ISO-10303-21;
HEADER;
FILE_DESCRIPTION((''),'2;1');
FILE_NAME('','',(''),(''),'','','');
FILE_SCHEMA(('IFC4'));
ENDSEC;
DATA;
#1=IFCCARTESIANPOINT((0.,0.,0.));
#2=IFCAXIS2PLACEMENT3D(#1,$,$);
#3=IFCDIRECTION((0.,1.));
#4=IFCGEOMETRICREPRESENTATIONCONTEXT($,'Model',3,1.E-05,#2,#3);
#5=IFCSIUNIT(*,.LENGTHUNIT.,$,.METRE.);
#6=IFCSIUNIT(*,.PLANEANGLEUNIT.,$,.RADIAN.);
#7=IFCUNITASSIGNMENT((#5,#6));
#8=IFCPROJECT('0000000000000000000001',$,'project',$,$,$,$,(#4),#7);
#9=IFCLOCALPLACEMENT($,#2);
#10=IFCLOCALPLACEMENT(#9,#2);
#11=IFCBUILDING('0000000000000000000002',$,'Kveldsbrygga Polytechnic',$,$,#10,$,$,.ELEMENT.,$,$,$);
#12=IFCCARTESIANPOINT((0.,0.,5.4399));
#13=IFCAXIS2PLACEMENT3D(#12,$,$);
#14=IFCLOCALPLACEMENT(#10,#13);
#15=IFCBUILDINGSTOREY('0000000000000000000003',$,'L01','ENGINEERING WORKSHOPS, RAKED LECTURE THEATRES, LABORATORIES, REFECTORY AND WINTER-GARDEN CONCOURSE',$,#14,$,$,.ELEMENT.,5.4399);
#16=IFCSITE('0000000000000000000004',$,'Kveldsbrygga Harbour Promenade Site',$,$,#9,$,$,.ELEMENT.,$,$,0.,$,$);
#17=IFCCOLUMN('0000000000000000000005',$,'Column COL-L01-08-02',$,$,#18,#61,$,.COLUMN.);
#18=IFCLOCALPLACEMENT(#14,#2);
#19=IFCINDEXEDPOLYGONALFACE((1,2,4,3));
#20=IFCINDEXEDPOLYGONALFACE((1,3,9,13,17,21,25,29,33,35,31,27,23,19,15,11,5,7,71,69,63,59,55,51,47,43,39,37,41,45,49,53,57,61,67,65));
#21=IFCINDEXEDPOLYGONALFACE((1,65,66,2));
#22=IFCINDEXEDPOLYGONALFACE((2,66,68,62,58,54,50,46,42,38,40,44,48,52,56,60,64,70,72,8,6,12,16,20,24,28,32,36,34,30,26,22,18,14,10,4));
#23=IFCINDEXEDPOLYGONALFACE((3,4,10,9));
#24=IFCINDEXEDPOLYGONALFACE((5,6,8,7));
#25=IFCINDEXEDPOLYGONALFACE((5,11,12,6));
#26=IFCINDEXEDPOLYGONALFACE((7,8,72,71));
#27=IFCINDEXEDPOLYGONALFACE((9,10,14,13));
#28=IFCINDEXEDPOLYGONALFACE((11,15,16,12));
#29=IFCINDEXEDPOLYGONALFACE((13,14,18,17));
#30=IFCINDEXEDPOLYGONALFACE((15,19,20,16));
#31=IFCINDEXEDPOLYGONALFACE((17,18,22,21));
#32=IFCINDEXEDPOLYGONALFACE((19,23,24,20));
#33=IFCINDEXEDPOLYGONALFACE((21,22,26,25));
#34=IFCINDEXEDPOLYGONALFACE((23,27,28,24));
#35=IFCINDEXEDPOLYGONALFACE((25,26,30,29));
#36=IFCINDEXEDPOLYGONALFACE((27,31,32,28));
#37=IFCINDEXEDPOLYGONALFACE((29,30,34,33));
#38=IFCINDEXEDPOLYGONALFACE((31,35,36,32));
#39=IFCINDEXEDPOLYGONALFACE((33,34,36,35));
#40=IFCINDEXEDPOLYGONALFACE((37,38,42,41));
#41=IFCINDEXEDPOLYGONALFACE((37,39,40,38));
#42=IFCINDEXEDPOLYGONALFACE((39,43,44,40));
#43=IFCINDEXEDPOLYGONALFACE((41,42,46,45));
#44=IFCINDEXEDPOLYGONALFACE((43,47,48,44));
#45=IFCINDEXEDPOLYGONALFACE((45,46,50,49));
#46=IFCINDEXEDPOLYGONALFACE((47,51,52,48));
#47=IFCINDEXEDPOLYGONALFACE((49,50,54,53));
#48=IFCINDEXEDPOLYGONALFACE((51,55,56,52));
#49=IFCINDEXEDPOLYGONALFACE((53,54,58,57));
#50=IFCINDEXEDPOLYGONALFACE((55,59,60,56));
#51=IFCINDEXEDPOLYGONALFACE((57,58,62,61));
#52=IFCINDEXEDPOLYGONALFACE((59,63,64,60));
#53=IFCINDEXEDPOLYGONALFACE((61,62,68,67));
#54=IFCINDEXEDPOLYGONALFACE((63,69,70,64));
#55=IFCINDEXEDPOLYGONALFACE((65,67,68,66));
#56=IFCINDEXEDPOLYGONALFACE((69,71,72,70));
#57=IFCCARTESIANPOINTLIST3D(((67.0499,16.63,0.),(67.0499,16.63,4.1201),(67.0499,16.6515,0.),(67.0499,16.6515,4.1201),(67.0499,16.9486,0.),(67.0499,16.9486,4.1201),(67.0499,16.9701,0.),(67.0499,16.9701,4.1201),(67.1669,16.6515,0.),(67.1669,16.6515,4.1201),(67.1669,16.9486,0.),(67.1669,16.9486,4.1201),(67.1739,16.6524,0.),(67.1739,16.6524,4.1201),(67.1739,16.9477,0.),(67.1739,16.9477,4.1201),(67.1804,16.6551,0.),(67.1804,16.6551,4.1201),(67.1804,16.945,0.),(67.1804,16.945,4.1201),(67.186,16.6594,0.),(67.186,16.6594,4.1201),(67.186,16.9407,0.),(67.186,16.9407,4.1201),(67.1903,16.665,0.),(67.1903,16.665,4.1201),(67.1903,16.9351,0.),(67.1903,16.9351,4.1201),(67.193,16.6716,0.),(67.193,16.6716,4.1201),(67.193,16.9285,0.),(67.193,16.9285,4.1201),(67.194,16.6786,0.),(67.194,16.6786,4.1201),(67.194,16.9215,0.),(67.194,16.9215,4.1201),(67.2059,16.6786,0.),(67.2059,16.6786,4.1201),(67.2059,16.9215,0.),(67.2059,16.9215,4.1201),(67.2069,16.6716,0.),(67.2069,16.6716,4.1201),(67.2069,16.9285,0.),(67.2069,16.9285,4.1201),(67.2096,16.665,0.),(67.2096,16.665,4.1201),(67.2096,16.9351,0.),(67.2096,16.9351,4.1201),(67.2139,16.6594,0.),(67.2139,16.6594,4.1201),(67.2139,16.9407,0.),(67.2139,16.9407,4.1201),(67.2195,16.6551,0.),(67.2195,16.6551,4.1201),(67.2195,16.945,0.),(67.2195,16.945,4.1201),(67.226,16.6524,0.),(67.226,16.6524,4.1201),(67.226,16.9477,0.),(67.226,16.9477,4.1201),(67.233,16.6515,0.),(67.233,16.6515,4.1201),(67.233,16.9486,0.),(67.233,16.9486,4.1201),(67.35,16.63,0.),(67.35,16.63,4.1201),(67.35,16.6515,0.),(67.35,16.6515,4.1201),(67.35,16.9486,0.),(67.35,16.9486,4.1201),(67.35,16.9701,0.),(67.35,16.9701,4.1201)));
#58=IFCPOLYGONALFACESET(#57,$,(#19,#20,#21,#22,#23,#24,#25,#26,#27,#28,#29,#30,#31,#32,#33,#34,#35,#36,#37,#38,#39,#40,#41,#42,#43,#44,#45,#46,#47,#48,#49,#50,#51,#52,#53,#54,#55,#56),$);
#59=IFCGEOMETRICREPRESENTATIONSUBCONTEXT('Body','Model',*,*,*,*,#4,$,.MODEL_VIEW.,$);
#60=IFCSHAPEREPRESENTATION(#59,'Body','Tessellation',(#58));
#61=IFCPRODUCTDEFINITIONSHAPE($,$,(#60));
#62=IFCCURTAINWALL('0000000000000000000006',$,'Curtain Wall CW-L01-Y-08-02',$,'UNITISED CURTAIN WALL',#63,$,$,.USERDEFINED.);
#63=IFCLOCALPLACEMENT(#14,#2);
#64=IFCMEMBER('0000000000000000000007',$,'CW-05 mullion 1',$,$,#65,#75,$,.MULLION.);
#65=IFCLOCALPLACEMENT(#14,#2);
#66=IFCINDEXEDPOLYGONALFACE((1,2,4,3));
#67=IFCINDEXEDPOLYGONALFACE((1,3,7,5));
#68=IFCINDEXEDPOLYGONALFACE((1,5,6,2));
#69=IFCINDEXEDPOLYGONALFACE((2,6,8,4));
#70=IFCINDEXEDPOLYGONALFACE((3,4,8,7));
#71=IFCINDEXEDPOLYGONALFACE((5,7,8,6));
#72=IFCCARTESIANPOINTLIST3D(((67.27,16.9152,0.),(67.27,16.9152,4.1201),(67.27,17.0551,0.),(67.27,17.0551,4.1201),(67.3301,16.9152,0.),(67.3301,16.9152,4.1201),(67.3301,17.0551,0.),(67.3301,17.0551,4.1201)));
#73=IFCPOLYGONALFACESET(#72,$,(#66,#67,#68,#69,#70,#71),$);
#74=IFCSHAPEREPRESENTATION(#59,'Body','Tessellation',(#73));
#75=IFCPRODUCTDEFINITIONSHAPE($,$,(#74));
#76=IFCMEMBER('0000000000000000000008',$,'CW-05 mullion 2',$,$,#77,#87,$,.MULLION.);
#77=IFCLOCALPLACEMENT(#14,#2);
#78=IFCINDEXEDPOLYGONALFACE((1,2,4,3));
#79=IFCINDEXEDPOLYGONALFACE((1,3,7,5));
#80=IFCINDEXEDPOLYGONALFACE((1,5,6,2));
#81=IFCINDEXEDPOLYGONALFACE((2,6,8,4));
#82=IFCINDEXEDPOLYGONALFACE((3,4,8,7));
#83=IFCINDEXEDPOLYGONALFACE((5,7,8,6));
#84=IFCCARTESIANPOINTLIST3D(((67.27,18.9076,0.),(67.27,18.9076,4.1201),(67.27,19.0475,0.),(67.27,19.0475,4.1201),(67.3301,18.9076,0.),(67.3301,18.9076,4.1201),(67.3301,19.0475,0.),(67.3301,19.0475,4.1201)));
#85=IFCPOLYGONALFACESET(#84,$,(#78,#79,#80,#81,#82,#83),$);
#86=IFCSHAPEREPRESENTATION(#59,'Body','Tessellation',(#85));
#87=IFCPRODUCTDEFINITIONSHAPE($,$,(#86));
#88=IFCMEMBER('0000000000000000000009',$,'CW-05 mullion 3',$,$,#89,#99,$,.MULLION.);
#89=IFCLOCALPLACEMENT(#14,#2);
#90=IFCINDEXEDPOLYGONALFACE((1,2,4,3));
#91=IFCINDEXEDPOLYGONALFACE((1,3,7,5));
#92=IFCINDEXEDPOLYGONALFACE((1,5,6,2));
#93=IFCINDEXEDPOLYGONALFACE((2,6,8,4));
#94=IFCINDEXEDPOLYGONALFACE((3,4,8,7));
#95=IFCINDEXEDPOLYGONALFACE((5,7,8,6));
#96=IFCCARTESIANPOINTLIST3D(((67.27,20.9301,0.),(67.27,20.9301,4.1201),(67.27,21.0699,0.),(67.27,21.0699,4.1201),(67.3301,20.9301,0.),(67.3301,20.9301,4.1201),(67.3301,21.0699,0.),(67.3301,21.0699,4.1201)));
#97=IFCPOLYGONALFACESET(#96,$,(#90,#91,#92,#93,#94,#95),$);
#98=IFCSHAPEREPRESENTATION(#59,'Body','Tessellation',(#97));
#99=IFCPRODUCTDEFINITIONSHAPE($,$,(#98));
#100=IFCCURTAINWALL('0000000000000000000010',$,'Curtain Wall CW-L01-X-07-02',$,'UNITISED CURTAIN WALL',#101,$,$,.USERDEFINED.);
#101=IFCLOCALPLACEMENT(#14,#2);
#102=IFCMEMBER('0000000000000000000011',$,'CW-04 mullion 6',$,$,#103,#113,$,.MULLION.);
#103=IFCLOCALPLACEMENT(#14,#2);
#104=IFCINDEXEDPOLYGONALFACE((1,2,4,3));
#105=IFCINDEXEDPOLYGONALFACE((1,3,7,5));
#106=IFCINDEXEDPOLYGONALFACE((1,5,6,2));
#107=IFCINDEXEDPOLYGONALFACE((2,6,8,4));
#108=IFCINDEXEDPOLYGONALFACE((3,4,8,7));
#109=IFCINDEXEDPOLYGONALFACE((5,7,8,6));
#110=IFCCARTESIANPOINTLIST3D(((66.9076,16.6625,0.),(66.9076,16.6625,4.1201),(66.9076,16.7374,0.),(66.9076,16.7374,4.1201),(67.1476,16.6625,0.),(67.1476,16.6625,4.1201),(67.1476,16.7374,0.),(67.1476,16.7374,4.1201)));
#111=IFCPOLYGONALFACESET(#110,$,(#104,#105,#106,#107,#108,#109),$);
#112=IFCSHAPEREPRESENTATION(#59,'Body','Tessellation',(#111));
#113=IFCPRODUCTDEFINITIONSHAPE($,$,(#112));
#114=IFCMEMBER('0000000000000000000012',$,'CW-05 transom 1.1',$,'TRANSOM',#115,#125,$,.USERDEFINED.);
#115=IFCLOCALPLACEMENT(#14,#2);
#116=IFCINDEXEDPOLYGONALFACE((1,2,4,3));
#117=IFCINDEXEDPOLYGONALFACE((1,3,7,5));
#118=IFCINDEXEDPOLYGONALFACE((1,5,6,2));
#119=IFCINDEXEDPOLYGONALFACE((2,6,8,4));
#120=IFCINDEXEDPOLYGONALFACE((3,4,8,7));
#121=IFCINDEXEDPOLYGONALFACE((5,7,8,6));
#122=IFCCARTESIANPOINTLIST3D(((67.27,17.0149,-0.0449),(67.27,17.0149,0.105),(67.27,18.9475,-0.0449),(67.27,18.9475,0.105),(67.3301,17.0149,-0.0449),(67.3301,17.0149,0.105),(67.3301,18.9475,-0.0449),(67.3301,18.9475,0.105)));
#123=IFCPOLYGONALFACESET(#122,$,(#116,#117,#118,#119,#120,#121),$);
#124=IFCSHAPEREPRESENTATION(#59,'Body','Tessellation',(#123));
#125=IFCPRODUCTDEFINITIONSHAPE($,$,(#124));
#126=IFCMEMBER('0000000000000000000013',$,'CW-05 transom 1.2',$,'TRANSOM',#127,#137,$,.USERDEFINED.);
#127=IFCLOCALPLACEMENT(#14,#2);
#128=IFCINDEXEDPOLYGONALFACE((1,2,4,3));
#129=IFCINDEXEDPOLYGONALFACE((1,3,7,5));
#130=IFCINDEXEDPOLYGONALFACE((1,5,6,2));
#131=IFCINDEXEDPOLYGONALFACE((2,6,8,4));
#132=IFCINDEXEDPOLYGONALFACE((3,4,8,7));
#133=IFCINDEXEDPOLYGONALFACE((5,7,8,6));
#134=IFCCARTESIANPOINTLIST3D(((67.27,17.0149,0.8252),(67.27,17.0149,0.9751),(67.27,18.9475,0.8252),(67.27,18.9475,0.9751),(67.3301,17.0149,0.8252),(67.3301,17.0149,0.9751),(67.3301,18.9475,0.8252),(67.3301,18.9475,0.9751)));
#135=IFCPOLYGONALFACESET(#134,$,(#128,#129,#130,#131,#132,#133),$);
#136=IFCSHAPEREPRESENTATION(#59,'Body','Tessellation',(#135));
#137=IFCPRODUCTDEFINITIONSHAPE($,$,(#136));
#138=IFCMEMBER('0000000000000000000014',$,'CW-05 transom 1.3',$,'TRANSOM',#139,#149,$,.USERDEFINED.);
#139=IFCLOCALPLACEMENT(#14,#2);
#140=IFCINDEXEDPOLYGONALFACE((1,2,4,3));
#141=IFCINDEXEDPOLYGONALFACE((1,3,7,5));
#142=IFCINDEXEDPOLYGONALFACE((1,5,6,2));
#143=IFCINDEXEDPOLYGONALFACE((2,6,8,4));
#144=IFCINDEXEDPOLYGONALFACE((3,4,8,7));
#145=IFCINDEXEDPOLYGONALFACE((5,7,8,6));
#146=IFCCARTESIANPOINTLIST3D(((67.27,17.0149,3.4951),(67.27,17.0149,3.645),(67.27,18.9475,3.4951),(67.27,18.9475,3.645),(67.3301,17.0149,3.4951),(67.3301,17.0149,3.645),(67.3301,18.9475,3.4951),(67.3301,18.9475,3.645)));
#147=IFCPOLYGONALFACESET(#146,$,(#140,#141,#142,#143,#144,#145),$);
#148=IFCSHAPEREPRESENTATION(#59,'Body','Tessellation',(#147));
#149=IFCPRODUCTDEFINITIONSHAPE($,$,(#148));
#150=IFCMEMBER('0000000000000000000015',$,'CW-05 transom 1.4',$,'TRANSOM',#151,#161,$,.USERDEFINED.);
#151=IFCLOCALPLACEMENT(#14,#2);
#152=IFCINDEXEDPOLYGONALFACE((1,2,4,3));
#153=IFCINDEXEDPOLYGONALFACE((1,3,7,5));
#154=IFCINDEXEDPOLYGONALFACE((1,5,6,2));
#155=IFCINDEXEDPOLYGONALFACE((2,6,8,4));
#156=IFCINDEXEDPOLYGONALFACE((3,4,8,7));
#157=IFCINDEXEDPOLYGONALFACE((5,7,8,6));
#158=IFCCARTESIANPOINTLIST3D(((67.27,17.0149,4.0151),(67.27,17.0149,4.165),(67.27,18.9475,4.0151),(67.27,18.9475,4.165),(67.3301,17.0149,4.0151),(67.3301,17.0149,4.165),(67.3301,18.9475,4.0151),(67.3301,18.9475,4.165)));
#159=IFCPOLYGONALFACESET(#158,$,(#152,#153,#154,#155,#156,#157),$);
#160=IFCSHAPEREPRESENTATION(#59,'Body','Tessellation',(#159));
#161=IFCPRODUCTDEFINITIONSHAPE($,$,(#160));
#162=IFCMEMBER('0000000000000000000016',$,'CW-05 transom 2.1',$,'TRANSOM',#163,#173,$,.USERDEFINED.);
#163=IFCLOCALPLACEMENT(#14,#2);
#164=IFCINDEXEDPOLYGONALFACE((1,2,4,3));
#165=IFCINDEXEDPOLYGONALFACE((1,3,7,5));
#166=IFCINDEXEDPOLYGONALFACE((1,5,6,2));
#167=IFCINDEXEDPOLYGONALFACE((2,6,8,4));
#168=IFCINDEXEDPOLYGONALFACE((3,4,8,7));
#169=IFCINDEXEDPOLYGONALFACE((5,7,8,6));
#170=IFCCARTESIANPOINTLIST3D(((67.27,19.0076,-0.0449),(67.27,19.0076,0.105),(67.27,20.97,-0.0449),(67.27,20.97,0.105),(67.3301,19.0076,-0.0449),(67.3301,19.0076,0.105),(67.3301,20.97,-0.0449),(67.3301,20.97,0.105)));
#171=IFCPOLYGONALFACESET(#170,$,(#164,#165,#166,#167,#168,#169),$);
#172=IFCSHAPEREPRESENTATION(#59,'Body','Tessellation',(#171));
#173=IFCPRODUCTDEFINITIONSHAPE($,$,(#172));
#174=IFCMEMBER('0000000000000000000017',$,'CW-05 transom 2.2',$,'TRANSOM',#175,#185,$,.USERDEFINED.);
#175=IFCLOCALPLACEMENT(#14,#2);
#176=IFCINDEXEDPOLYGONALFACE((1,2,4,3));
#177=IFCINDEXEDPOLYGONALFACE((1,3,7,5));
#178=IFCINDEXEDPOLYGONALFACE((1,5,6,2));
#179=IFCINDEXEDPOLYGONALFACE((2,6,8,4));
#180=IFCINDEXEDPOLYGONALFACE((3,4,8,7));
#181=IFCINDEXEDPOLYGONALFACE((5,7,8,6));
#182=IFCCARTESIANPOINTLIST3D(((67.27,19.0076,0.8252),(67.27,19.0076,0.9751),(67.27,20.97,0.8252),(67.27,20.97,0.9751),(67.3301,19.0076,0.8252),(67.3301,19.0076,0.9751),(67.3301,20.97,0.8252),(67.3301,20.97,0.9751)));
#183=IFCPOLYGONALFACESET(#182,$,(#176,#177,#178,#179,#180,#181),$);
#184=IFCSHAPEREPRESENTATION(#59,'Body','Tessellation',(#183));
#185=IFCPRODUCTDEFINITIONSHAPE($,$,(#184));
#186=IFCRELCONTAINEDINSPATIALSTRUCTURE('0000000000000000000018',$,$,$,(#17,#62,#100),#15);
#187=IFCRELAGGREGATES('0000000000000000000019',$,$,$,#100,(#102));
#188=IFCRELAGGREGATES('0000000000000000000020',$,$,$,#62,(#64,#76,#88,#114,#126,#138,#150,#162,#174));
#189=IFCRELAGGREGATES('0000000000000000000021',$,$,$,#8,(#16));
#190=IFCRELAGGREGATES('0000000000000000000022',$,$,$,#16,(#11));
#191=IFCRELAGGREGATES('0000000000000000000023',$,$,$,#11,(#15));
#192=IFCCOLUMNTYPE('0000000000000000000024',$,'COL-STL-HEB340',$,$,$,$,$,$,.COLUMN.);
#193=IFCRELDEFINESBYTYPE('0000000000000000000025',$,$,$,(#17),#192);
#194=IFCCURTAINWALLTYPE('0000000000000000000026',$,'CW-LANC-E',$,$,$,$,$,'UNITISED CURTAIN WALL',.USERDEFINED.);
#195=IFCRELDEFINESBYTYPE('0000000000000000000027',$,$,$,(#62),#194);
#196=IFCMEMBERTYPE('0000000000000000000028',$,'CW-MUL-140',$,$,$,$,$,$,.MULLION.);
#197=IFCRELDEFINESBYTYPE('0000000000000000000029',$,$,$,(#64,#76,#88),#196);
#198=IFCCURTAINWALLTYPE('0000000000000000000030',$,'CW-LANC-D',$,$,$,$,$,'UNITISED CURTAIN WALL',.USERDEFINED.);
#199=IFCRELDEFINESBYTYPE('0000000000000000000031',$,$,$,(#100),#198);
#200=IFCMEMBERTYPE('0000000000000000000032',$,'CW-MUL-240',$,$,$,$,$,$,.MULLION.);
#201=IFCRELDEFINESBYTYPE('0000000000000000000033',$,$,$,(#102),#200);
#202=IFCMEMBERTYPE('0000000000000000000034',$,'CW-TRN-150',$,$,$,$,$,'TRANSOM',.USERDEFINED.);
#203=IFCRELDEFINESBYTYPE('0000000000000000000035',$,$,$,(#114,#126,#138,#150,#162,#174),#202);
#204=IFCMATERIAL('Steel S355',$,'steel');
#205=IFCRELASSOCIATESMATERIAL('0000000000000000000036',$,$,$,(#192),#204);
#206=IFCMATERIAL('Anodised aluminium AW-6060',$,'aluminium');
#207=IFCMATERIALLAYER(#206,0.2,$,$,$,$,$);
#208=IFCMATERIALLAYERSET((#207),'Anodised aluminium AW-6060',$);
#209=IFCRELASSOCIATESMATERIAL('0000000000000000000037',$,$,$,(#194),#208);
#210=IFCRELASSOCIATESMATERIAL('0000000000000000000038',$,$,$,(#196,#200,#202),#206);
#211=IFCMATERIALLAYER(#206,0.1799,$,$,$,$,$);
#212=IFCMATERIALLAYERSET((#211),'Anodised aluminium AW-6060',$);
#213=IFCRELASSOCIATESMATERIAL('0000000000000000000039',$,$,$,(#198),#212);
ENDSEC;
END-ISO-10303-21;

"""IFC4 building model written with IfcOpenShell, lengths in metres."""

from ifc_helpers import new_model, si_unit, direction, frame, origin, origin_2d, place, context, subcontext, project, spatial, rectangle, i_section, extrude, material, layer, layer_set, material_profile, profile_set, type_object, element, aggregate, save


model = new_model("IFC4")

# Units and contexts
model_context = context("Model", 3, precision=1e-05, world=origin(), true_north=direction((0.0, 1.0)))
body_context = subcontext(model_context, "Body", "Model", "MODEL_VIEW")
ifc_project = project(units=[si_unit("LENGTHUNIT", "METRE"), si_unit("PLANEANGLEUNIT", "RADIAN")], contexts=[model_context])

# Site, building, storey
site_placement = place(None, origin())
site = spatial("IfcSite", under=ifc_project, at=site_placement, Name="Kveldsbrygga Harbour Promenade Site", CompositionType="ELEMENT", RefElevation=0.0)
building_placement = place(site_placement, origin())
building = spatial("IfcBuilding", under=site, at=building_placement, Name="Kveldsbrygga Polytechnic", CompositionType="ELEMENT")
storey_placement = place(building_placement, frame((0.0, 0.0, 5.4399)))
storey = spatial("IfcBuildingStorey", under=building, at=storey_placement, Name="L01", Description="ENGINEERING WORKSHOPS, RAKED LECTURE THEATRES, LABORATORIES, REFECTORY AND WINTER-GARDEN CONCOURSE", CompositionType="ELEMENT", Elevation=5.4399)

# Column
ifc_material_1 = material(Name="Steel S355", Category="steel")
ifc_material_profile_1 = material_profile(ifc_material_1, i_section(OverallWidth=0.3, OverallDepth=0.3401, WebThickness=0.012, FlangeThickness=0.0215, FilletRadius=0.0271, at=origin_2d()), Name="HEB 340")
ifc_profile_set_1 = profile_set([ifc_material_profile_1], Name="Steel S355")
column_type = type_object("IfcColumnType", Name="COL-STL-HEB340", PredefinedType="COLUMN", material=ifc_profile_set_1)
column_placement = place(storey_placement, frame((67.2, 16.8, 0.0), z_axis=(0.0, 0.0, 1.0), x_axis=(1.0, 0.0, 0.0)))
element("IfcColumn", 1, at=column_placement, inside=storey, type_object=column_type, Name="Column COL-L01-08-02", PredefinedType="COLUMN", context=body_context, shape_type="SweptSolid", body=[
    extrude(i_section(OverallWidth=0.3, OverallDepth=0.3401, WebThickness=0.012, FlangeThickness=0.0215, FilletRadius=0.0271, at=origin_2d()), origin(), (0.0, 0.0, 1.0), 4.1201),
])

# Curtain wall, members
ifc_material_2 = material(Name="Anodised aluminium AW-6060", Category="aluminium")
ifc_layer_1 = layer(ifc_material_2, 0.2)
ifc_layer_set_1 = layer_set([ifc_layer_1], Name="Anodised aluminium AW-6060")
curtain_wall_type_1 = type_object("IfcCurtainWallType", Name="CW-LANC-E", ElementType="UNITISED CURTAIN WALL", PredefinedType="USERDEFINED", material=ifc_layer_set_1)
curtain_wall_1_placement = place(storey_placement, origin())
curtain_wall_1 = element("IfcCurtainWall", 2, at=curtain_wall_1_placement, inside=storey, type_object=curtain_wall_type_1, Name="Curtain Wall CW-L01-Y-08-02", ObjectType="UNITISED CURTAIN WALL", PredefinedType="USERDEFINED")
ifc_material_profile_2 = material_profile(ifc_material_2, rectangle(XDim=0.0601, YDim=0.1399, at=origin_2d()), Name="ALU 60x140")
ifc_profile_set_2 = profile_set([ifc_material_profile_2], Name="Anodised aluminium AW-6060")
member_type_1 = type_object("IfcMemberType", Name="CW-MUL-140", PredefinedType="MULLION", material=ifc_profile_set_2)
member_1_placement = place(storey_placement, frame((67.3, 16.9851, 0.0), z_axis=(0.0, 0.0, 1.0), x_axis=(-1.0, 0.0, 0.0)))
member_1 = element("IfcMember", 3, at=member_1_placement, type_object=member_type_1, Name="CW-05 mullion 1", PredefinedType="MULLION", context=body_context, shape_type="SweptSolid", body=[
    extrude(rectangle(XDim=0.0601, YDim=0.1399, at=origin_2d()), origin(), (0.0, 0.0, 1.0), 4.1201),
])
member_2_placement = place(storey_placement, frame((67.3, 18.9775, 0.0), z_axis=(0.0, 0.0, 1.0), x_axis=(-1.0, 0.0, 0.0)))
member_2 = element("IfcMember", 4, at=member_2_placement, type_object=member_type_1, Name="CW-05 mullion 2", PredefinedType="MULLION", context=body_context, shape_type="SweptSolid", body=[
    extrude(rectangle(XDim=0.0601, YDim=0.1399, at=origin_2d()), origin(), (0.0, 0.0, 1.0), 4.1201),
])
member_3_placement = place(storey_placement, frame((67.3, 21.0, 0.0), z_axis=(0.0, 0.0, 1.0), x_axis=(-1.0, 0.0, 0.0)))
member_3 = element("IfcMember", 5, at=member_3_placement, type_object=member_type_1, Name="CW-05 mullion 3", PredefinedType="MULLION", context=body_context, shape_type="SweptSolid", body=[
    extrude(rectangle(XDim=0.0601, YDim=0.1399, at=origin_2d()), origin(), (0.0, 0.0, 1.0), 4.1201),
])

# Curtain wall, member
ifc_layer_2 = layer(ifc_material_2, 0.1799)
ifc_layer_set_2 = layer_set([ifc_layer_2], Name="Anodised aluminium AW-6060")
curtain_wall_type_2 = type_object("IfcCurtainWallType", Name="CW-LANC-D", ElementType="UNITISED CURTAIN WALL", PredefinedType="USERDEFINED", material=ifc_layer_set_2)
curtain_wall_2_placement = place(storey_placement, origin())
curtain_wall_2 = element("IfcCurtainWall", 6, at=curtain_wall_2_placement, inside=storey, type_object=curtain_wall_type_2, Name="Curtain Wall CW-L01-X-07-02", ObjectType="UNITISED CURTAIN WALL", PredefinedType="USERDEFINED")
ifc_material_profile_3 = material_profile(ifc_material_2, rectangle(XDim=0.075, YDim=0.24, at=origin_2d()), Name="ALU 75x240")
ifc_profile_set_3 = profile_set([ifc_material_profile_3], Name="Anodised aluminium AW-6060")
member_type_2 = type_object("IfcMemberType", Name="CW-MUL-240", PredefinedType="MULLION", material=ifc_profile_set_3)
member_4_placement = place(storey_placement, frame((67.0276, 16.7, 0.0), z_axis=(0.0, 0.0, 1.0), x_axis=(0.0, 1.0, 0.0)))
member_4 = element("IfcMember", 7, at=member_4_placement, type_object=member_type_2, Name="CW-04 mullion 6", PredefinedType="MULLION", context=body_context, shape_type="SweptSolid", body=[
    extrude(rectangle(XDim=0.075, YDim=0.24, at=origin_2d()), origin(), (0.0, 0.0, 1.0), 4.1201),
])

# Members
ifc_material_profile_4 = material_profile(ifc_material_2, rectangle(XDim=0.0601, YDim=0.1499, at=origin_2d()), Name="ALU 60x150")
ifc_profile_set_4 = profile_set([ifc_material_profile_4], Name="Anodised aluminium AW-6060")
member_type_3 = type_object("IfcMemberType", Name="CW-TRN-150", ElementType="TRANSOM", PredefinedType="USERDEFINED", material=ifc_profile_set_4)
member_5_placement = place(storey_placement, frame((67.3, 17.0149, 0.03), z_axis=(0.0, 1.0, 0.0), x_axis=(-1.0, 0.0, 0.0)))
member_5 = element("IfcMember", 8, at=member_5_placement, type_object=member_type_3, Name="CW-05 transom 1.1", ObjectType="TRANSOM", PredefinedType="USERDEFINED", context=body_context, shape_type="SweptSolid", body=[
    extrude(rectangle(XDim=0.0601, YDim=0.1499, at=origin_2d()), origin(), (0.0, 0.0, 1.0), 1.9326),
])
member_6_placement = place(storey_placement, frame((67.3, 17.0149, 0.9001), z_axis=(0.0, 1.0, 0.0), x_axis=(-1.0, 0.0, 0.0)))
member_6 = element("IfcMember", 9, at=member_6_placement, type_object=member_type_3, Name="CW-05 transom 1.2", ObjectType="TRANSOM", PredefinedType="USERDEFINED", context=body_context, shape_type="SweptSolid", body=[
    extrude(rectangle(XDim=0.0601, YDim=0.1499, at=origin_2d()), origin(), (0.0, 0.0, 1.0), 1.9326),
])
member_7_placement = place(storey_placement, frame((67.3, 17.0149, 3.5701), z_axis=(0.0, 1.0, 0.0), x_axis=(-1.0, 0.0, 0.0)))
member_7 = element("IfcMember", 10, at=member_7_placement, type_object=member_type_3, Name="CW-05 transom 1.3", ObjectType="TRANSOM", PredefinedType="USERDEFINED", context=body_context, shape_type="SweptSolid", body=[
    extrude(rectangle(XDim=0.0601, YDim=0.1499, at=origin_2d()), origin(), (0.0, 0.0, 1.0), 1.9326),
])
member_8_placement = place(storey_placement, frame((67.3, 17.0149, 4.0901), z_axis=(0.0, 1.0, 0.0), x_axis=(-1.0, 0.0, 0.0)))
member_8 = element("IfcMember", 11, at=member_8_placement, type_object=member_type_3, Name="CW-05 transom 1.4", ObjectType="TRANSOM", PredefinedType="USERDEFINED", context=body_context, shape_type="SweptSolid", body=[
    extrude(rectangle(XDim=0.0601, YDim=0.1499, at=origin_2d()), origin(), (0.0, 0.0, 1.0), 1.9326),
])
member_9_placement = place(storey_placement, frame((67.3, 19.0076, 0.03), z_axis=(0.0, 1.0, 0.0), x_axis=(-1.0, 0.0, 0.0)))
member_9 = element("IfcMember", 12, at=member_9_placement, type_object=member_type_3, Name="CW-05 transom 2.1", ObjectType="TRANSOM", PredefinedType="USERDEFINED", context=body_context, shape_type="SweptSolid", body=[
    extrude(rectangle(XDim=0.0601, YDim=0.1499, at=origin_2d()), origin(), (0.0, 0.0, 1.0), 1.9624),
])
member_10_placement = place(storey_placement, frame((67.3, 19.0076, 0.9001), z_axis=(0.0, 1.0, 0.0), x_axis=(-1.0, 0.0, 0.0)))
member_10 = element("IfcMember", 13, at=member_10_placement, type_object=member_type_3, Name="CW-05 transom 2.2", ObjectType="TRANSOM", PredefinedType="USERDEFINED", context=body_context, shape_type="SweptSolid", body=[
    extrude(rectangle(XDim=0.0601, YDim=0.1499, at=origin_2d()), origin(), (0.0, 0.0, 1.0), 1.9624),
])

aggregate(curtain_wall_2, [member_4])
aggregate(curtain_wall_1, [member_1, member_2, member_3, member_5, member_6, member_7, member_8, member_9, member_10])

save(model, "model.ifc")
